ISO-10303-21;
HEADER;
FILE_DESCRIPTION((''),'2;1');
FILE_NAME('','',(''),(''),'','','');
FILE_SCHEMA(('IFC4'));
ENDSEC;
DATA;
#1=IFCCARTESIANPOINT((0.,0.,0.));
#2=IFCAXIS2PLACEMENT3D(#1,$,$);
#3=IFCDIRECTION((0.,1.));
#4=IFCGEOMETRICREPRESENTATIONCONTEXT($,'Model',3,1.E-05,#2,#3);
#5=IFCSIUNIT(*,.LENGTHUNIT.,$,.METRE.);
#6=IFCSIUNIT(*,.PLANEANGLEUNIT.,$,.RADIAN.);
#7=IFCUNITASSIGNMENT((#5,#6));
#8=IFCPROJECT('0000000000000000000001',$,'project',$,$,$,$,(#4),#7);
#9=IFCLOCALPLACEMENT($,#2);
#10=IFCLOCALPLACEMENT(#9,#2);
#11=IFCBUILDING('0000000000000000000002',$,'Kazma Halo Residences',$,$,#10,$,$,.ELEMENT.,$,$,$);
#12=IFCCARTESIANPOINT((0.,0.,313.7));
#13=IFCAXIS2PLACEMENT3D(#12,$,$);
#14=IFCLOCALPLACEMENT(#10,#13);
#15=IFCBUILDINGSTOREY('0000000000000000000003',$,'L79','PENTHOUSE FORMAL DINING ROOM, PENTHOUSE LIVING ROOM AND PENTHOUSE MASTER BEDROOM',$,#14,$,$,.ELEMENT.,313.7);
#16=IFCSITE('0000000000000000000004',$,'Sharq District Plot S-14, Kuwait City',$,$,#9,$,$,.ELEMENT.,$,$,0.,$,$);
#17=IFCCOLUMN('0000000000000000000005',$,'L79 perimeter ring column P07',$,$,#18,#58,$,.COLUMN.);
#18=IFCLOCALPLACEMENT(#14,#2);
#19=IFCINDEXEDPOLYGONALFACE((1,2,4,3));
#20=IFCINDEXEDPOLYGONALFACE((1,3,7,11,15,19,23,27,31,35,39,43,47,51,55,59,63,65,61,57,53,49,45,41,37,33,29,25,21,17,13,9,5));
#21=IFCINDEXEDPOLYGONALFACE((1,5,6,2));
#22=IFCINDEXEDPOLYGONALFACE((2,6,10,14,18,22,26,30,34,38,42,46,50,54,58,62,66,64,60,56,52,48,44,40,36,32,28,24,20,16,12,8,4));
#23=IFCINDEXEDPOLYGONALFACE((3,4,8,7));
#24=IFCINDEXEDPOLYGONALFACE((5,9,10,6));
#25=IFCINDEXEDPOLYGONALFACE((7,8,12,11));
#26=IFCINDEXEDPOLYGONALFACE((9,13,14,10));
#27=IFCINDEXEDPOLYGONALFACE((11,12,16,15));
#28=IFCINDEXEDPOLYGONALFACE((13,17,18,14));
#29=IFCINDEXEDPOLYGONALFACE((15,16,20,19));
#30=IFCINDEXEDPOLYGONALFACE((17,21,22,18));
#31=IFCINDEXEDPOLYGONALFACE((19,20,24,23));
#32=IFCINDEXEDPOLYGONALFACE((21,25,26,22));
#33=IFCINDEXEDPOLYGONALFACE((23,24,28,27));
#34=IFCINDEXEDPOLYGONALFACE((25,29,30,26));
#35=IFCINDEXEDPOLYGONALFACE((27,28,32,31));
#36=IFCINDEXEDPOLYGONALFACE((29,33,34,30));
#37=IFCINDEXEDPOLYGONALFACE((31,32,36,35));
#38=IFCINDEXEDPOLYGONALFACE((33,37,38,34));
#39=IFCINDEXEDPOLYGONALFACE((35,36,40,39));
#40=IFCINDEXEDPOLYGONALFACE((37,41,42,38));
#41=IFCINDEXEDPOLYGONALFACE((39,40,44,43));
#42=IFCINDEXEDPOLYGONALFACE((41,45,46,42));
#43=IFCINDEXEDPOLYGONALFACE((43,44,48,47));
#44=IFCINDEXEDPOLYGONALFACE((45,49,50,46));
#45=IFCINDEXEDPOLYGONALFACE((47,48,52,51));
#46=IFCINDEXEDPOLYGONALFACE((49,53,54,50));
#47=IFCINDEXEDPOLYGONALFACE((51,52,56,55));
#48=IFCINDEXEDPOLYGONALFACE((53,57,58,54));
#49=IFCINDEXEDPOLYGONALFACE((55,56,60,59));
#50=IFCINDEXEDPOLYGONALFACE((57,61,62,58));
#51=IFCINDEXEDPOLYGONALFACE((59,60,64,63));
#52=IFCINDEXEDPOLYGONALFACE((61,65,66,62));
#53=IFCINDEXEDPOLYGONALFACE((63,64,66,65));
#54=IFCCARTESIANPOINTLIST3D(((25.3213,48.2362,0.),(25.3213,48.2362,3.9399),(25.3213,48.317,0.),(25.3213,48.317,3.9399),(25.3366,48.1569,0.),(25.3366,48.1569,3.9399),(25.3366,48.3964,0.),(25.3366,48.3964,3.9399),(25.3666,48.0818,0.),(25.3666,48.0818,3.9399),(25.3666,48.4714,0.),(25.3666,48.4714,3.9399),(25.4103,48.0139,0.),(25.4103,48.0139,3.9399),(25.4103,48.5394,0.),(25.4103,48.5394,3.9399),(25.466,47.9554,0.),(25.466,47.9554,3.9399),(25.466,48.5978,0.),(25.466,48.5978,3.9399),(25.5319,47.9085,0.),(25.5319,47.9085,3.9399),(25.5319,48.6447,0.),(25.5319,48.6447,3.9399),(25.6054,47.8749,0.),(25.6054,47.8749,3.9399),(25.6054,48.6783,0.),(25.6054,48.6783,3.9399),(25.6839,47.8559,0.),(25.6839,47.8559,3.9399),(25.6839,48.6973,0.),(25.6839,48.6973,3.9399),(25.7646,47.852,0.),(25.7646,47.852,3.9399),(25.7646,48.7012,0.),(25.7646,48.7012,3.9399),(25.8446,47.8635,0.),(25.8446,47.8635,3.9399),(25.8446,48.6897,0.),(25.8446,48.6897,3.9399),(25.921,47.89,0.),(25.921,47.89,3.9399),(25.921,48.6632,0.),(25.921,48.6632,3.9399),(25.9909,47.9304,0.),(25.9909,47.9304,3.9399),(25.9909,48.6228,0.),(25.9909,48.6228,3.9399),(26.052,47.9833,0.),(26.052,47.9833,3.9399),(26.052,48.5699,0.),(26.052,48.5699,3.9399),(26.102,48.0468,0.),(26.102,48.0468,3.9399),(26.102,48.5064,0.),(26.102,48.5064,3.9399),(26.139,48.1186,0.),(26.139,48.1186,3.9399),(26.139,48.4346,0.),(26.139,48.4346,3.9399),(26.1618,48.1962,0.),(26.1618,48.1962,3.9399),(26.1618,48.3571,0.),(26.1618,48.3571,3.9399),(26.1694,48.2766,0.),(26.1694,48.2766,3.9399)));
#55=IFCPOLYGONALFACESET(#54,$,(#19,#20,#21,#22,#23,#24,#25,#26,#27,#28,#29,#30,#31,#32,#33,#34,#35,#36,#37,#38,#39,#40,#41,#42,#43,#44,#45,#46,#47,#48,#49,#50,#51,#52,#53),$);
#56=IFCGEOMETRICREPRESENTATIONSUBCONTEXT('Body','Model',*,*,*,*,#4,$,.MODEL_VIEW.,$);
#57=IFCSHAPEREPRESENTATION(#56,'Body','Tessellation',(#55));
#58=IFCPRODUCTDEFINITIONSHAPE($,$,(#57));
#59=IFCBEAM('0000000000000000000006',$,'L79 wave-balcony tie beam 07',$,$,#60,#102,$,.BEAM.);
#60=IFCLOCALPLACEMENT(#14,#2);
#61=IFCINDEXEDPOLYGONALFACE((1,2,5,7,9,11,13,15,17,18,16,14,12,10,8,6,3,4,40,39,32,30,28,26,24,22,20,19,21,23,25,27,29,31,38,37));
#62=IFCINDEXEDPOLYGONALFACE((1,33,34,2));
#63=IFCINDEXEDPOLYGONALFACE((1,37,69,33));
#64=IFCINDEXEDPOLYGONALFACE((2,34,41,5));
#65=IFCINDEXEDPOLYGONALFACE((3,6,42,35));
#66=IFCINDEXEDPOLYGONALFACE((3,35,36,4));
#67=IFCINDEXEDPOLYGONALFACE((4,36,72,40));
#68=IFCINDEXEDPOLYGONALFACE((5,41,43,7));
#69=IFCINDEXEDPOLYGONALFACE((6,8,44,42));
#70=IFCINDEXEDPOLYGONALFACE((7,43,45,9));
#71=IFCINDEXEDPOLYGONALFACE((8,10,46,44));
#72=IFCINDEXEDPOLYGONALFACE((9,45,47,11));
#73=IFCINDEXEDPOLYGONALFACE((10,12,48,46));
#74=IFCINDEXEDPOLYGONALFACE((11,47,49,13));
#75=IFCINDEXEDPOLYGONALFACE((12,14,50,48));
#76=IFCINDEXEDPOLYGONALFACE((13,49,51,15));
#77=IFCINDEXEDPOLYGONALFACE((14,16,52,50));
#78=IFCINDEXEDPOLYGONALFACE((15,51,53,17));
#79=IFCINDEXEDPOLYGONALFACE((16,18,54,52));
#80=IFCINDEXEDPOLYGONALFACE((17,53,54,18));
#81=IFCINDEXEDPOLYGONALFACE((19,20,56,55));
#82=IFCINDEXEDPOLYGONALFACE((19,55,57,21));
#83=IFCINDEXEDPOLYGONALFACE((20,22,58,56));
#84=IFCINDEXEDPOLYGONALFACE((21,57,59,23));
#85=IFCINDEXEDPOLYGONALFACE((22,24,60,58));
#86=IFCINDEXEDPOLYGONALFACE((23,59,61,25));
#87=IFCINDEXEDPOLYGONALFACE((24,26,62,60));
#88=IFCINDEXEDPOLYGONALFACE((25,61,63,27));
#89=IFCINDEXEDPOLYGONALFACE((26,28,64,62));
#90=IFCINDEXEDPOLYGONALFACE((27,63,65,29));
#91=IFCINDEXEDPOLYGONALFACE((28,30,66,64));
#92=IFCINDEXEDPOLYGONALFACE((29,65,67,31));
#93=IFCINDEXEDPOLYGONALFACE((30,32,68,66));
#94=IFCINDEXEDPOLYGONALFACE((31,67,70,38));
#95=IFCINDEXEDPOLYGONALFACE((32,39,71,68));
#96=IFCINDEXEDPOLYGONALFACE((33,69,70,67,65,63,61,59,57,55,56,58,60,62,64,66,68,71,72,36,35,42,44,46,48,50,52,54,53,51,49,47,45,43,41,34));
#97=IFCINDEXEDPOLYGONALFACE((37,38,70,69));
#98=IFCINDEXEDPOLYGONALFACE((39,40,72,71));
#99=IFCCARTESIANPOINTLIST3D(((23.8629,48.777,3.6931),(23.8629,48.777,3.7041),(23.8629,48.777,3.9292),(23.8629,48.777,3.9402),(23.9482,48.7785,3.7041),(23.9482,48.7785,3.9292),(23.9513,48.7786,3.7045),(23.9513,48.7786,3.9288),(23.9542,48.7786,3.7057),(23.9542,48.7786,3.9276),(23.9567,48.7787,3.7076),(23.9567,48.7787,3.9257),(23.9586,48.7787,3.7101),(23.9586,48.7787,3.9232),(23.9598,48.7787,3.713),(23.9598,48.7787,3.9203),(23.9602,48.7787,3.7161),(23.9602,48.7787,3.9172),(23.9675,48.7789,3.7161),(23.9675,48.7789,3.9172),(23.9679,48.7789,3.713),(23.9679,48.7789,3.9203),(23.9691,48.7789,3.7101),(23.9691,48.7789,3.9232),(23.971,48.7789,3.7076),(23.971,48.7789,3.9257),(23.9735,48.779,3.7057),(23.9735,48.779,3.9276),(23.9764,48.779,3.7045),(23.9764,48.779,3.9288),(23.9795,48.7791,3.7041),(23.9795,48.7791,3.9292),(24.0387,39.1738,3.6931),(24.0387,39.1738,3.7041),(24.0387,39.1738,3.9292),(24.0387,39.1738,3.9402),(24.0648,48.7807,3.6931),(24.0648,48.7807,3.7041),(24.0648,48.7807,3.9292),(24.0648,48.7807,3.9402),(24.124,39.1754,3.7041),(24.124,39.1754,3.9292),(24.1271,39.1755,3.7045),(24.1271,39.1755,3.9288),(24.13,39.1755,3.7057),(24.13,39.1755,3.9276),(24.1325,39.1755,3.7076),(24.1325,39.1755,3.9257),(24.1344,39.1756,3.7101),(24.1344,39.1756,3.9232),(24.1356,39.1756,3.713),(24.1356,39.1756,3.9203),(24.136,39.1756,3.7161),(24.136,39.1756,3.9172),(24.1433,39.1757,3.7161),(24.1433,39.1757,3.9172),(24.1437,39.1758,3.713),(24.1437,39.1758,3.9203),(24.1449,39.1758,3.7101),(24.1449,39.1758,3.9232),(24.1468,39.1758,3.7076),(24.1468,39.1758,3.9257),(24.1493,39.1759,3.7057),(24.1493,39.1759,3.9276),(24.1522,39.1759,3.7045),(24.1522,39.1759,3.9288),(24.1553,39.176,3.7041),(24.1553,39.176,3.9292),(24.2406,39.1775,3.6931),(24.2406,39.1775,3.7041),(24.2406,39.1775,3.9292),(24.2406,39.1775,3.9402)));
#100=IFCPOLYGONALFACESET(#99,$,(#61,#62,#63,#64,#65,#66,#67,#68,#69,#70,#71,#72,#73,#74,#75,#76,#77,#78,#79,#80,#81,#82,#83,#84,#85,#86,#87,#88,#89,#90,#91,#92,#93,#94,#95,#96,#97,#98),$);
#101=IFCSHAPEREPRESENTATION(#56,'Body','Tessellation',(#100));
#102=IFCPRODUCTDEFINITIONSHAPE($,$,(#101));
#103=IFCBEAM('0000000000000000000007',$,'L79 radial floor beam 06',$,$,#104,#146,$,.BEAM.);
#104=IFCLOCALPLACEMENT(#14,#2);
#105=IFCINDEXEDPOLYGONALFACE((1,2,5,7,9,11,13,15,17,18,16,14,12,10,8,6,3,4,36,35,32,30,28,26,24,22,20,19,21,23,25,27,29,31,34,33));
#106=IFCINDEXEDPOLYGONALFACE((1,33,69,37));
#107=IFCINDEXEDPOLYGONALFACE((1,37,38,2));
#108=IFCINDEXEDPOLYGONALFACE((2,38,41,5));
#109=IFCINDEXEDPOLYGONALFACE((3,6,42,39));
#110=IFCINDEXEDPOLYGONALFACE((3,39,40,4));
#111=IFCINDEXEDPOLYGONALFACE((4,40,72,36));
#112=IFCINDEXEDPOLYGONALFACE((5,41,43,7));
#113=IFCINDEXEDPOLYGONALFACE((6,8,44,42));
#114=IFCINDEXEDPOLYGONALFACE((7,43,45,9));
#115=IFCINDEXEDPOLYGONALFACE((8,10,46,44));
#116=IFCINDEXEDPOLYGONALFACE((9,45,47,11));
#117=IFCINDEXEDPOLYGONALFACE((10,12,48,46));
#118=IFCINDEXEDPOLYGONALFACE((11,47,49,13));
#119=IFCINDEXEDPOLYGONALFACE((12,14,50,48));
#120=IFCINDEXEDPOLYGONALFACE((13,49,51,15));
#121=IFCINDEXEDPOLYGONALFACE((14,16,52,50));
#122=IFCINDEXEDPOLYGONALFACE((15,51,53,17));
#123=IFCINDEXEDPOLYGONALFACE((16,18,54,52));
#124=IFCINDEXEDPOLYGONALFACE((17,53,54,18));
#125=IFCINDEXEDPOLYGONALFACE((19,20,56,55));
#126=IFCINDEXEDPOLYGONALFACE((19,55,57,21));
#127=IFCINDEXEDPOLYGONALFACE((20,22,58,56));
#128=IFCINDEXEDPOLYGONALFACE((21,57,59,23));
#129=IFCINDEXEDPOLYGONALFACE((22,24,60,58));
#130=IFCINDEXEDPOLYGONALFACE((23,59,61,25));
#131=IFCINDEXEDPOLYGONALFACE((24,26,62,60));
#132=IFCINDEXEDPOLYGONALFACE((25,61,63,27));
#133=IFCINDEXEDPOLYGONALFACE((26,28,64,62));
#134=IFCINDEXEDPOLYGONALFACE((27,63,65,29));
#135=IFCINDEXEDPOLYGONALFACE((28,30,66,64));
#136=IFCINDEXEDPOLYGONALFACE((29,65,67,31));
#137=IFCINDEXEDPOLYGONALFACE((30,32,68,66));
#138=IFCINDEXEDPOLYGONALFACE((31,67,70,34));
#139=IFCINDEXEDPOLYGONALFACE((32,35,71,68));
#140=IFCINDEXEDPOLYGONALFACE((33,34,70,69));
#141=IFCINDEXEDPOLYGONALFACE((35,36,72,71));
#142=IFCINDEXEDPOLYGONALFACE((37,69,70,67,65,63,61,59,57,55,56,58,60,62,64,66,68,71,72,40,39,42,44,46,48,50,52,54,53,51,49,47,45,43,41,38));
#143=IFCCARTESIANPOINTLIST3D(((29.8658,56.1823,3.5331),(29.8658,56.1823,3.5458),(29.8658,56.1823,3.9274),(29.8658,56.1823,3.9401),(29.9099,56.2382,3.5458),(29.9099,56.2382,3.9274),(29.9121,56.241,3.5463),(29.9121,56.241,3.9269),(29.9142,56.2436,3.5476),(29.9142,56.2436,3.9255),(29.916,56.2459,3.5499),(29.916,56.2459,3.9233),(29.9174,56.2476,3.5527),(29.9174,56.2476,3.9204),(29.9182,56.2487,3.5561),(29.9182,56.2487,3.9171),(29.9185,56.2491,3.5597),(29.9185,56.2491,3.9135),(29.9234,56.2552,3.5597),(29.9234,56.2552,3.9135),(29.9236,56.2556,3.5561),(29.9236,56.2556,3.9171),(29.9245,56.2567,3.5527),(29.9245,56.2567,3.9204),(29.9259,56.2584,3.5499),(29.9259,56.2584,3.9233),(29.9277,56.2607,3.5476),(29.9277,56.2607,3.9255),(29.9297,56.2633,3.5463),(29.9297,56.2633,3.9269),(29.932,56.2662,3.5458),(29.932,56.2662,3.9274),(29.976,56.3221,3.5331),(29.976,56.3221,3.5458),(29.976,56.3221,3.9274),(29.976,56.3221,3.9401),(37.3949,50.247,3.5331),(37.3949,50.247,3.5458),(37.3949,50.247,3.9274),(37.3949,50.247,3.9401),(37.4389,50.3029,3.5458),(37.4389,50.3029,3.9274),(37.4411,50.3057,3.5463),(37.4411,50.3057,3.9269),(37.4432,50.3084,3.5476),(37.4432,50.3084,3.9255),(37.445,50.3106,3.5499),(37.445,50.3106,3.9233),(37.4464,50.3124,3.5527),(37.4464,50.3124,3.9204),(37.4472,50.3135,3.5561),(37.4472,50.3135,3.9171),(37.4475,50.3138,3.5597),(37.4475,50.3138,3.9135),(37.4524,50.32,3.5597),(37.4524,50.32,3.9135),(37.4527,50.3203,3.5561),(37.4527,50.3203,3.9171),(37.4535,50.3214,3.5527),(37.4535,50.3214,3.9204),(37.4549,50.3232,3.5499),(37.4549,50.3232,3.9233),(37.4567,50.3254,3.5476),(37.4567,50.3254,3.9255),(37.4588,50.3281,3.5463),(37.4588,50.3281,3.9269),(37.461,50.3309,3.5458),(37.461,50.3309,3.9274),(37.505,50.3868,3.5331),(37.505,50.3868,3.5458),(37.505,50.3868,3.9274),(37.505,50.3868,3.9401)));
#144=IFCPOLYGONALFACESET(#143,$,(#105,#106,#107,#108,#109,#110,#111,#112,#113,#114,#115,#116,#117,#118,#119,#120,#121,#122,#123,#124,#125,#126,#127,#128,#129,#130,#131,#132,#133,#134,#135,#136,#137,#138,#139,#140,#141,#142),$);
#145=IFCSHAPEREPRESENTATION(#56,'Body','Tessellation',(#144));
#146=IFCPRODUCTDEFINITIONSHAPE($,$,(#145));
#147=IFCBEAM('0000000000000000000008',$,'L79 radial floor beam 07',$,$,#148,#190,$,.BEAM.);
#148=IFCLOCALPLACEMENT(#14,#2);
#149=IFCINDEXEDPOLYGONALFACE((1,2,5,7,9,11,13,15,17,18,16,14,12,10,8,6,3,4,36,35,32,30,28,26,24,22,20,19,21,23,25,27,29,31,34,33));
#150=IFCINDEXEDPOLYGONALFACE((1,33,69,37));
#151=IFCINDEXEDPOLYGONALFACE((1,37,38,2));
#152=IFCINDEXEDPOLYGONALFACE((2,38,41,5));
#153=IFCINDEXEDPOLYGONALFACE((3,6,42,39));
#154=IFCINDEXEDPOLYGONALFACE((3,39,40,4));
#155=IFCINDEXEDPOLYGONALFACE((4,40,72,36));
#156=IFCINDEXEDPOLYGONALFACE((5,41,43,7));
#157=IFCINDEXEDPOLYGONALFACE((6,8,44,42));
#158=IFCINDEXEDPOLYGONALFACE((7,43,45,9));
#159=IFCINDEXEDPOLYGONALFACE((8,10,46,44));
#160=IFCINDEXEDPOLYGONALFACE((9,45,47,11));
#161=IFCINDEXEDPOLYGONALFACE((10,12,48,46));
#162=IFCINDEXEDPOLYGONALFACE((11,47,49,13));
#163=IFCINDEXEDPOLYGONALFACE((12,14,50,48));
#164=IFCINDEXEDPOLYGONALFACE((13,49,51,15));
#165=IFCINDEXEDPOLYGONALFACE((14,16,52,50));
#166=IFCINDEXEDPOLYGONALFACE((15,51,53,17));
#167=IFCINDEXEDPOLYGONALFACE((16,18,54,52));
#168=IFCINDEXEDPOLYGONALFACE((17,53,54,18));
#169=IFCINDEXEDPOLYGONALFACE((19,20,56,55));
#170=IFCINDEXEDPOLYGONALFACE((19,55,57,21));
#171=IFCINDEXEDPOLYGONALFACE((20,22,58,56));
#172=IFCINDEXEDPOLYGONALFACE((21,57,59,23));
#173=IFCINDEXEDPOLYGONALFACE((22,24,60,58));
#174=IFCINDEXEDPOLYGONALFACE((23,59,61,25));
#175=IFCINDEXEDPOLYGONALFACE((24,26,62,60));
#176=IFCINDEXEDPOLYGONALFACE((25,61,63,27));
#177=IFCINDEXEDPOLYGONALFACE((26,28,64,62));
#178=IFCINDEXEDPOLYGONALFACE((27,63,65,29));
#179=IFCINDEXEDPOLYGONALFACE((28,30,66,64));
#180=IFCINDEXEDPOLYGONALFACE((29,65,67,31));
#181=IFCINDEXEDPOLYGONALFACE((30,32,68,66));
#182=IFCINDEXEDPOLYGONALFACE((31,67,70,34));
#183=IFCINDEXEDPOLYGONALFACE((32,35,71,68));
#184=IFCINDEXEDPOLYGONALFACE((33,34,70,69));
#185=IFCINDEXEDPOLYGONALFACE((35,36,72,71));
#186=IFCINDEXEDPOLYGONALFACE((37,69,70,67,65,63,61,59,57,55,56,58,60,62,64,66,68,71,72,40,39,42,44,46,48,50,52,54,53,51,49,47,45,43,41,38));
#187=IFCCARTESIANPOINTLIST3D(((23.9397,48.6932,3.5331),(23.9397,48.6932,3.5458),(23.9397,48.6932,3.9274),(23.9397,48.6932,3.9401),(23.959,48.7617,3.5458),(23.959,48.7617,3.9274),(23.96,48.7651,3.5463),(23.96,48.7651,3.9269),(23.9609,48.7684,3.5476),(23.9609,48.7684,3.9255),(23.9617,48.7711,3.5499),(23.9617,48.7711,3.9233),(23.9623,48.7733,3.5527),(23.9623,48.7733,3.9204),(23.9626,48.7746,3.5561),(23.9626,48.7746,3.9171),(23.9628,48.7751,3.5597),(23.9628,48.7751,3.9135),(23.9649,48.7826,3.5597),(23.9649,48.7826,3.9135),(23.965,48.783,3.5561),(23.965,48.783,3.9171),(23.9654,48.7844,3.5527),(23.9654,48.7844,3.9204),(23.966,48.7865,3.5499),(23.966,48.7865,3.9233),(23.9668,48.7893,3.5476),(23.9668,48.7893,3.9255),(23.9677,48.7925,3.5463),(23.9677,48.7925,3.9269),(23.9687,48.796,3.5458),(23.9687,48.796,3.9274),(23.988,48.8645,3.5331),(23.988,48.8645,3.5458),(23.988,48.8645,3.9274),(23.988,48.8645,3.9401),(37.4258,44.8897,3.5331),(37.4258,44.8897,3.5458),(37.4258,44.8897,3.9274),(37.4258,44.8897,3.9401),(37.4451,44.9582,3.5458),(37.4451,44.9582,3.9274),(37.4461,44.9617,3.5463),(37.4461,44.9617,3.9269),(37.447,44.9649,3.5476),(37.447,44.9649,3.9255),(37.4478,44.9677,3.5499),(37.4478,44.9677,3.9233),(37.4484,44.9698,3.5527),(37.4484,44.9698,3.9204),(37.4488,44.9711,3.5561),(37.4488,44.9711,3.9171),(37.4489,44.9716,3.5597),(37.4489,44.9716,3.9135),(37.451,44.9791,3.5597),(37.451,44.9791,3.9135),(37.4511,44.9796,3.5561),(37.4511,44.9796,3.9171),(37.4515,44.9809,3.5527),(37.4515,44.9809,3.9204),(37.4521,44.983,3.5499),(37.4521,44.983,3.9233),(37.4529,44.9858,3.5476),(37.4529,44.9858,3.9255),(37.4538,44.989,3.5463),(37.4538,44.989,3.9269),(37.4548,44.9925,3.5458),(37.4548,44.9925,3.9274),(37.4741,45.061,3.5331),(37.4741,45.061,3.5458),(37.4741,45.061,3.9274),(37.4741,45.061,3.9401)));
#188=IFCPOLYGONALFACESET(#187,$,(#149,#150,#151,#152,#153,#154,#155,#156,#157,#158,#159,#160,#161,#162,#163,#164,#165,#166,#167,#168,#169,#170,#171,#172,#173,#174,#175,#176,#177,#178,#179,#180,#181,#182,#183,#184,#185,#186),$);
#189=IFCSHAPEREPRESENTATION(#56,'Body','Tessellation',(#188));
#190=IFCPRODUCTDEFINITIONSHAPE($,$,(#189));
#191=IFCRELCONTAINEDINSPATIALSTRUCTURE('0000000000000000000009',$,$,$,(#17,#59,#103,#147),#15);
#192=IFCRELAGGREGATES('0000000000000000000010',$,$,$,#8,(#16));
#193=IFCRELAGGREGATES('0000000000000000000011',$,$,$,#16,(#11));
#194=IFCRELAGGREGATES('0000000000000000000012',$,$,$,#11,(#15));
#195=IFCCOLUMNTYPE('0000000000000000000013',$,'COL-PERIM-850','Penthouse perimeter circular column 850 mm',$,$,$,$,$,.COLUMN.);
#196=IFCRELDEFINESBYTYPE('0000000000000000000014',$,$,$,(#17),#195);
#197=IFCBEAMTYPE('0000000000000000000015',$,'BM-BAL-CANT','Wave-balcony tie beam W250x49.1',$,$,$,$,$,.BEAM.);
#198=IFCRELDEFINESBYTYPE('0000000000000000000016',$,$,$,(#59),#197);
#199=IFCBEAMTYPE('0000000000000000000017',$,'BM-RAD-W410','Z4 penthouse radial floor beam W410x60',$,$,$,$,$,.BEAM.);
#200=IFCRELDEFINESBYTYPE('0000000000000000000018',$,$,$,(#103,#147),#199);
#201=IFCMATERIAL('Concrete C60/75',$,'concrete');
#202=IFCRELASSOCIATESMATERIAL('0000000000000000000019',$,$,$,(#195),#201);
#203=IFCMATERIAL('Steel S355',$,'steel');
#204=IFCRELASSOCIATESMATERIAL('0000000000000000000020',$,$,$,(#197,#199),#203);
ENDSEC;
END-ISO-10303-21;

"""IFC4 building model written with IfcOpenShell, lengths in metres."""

from ifc_helpers import new_model, si_unit, direction, frame, origin, origin_2d, place, context, subcontext, project, spatial, circle, i_section, extrude, material, material_profile, profile_set, type_object, element, save


model = new_model("IFC4")

# Units and contexts
model_context = context("Model", 3, precision=1e-05, world=origin(), true_north=direction((0.0, 1.0)))
body_context = subcontext(model_context, "Body", "Model", "MODEL_VIEW")
ifc_project = project(units=[si_unit("LENGTHUNIT", "METRE"), si_unit("PLANEANGLEUNIT", "RADIAN")], contexts=[model_context])

# Site, building, storey
site_placement = place(None, origin())
site = spatial("IfcSite", under=ifc_project, at=site_placement, Name="Sharq District Plot S-14, Kuwait City", CompositionType="ELEMENT", RefElevation=0.0)
building_placement = place(site_placement, origin())
building = spatial("IfcBuilding", under=site, at=building_placement, Name="Kazma Halo Residences", CompositionType="ELEMENT")
storey_placement = place(building_placement, frame((0.0, 0.0, 313.7)))
storey = spatial("IfcBuildingStorey", under=building, at=storey_placement, Name="L79", Description="PENTHOUSE FORMAL DINING ROOM, PENTHOUSE LIVING ROOM AND PENTHOUSE MASTER BEDROOM", CompositionType="ELEMENT", Elevation=313.7)

# Column
ifc_material_1 = material(Name="Concrete C60/75", Category="concrete")
ifc_material_profile_1 = material_profile(ifc_material_1, circle(Radius=0.425, at=origin_2d()), Name="CIRC850")
ifc_profile_set_1 = profile_set([ifc_material_profile_1], Name="Concrete C60/75")
column_type = type_object("IfcColumnType", Name="COL-PERIM-850", Description="Penthouse perimeter circular column 850 mm", PredefinedType="COLUMN", material=ifc_profile_set_1)
column_placement = place(storey_placement, frame((25.7444, 48.2766, 0.0), z_axis=(0.0, 0.0, 1.0), x_axis=(1.0, 0.0, 0.0)))
element("IfcColumn", 1, at=column_placement, inside=storey, type_object=column_type, Name="L79 perimeter ring column P07", PredefinedType="COLUMN", context=body_context, shape_type="SweptSolid", body=[
    extrude(circle(Radius=0.425, at=origin_2d()), origin(), (0.0, 0.0, 1.0), 3.9399),
])

# Beams
ifc_material_2 = material(Name="Steel S355", Category="steel")
ifc_material_profile_2 = material_profile(ifc_material_2, i_section(OverallWidth=0.2019, OverallDepth=0.2471, WebThickness=0.0073, FlangeThickness=0.011, FilletRadius=0.012, at=origin_2d()), Name="W250x49.1")
ifc_profile_set_2 = profile_set([ifc_material_profile_2], Name="Steel S355")
beam_type_1 = type_object("IfcBeamType", Name="BM-BAL-CANT", Description="Wave-balcony tie beam W250x49.1", PredefinedType="BEAM", material=ifc_profile_set_2)
beam_1_placement = place(storey_placement, frame((23.9639, 48.7788, 3.8167), z_axis=(0.018302, -0.999833, 0.0), x_axis=(0.999833, 0.018302, 0.0)))
element("IfcBeam", 2, at=beam_1_placement, inside=storey, type_object=beam_type_1, Name="L79 wave-balcony tie beam 07", PredefinedType="BEAM", context=body_context, shape_type="SweptSolid", body=[
    extrude(i_section(OverallWidth=0.2019, OverallDepth=0.2471, WebThickness=0.0073, FlangeThickness=0.011, FilletRadius=0.012, at=origin_2d()), origin(), (0.0, 0.0, 1.0), 9.6047),
])
ifc_material_profile_3 = material_profile(ifc_material_2, i_section(OverallWidth=0.178, OverallDepth=0.407, WebThickness=0.0078, FlangeThickness=0.0127, FilletRadius=0.0139, at=origin_2d()), Name="W410x60")
ifc_profile_set_3 = profile_set([ifc_material_profile_3], Name="Steel S355")
beam_type_2 = type_object("IfcBeamType", Name="BM-RAD-W410", Description="Z4 penthouse radial floor beam W410x60", PredefinedType="BEAM", material=ifc_profile_set_3)
beam_2_placement = place(storey_placement, frame((37.45, 50.3169, 3.7366), z_axis=(-0.785323, 0.619086, 0.0), x_axis=(-0.619086, -0.785323, 0.0)))
element("IfcBeam", 3, at=beam_2_placement, inside=storey, type_object=beam_type_2, Name="L79 radial floor beam 06", PredefinedType="BEAM", context=body_context, shape_type="SweptSolid", body=[
    extrude(i_section(OverallWidth=0.178, OverallDepth=0.407, WebThickness=0.0078, FlangeThickness=0.0127, FilletRadius=0.0139, at=origin_2d()), origin(), (0.0, 0.0, 1.0), 9.5872),
])
beam_3_placement = place(storey_placement, frame((37.45, 44.9753, 3.7366), z_axis=(-0.962455, 0.27144, 0.0), x_axis=(-0.27144, -0.962455, 0.0)))
element("IfcBeam", 4, at=beam_3_placement, inside=storey, type_object=beam_type_2, Name="L79 radial floor beam 07", PredefinedType="BEAM", context=body_context, shape_type="SweptSolid", body=[
    extrude(i_section(OverallWidth=0.178, OverallDepth=0.407, WebThickness=0.0078, FlangeThickness=0.0127, FilletRadius=0.0139, at=origin_2d()), origin(), (0.0, 0.0, 1.0), 14.0122),
])

save(model, "model.ifc")
